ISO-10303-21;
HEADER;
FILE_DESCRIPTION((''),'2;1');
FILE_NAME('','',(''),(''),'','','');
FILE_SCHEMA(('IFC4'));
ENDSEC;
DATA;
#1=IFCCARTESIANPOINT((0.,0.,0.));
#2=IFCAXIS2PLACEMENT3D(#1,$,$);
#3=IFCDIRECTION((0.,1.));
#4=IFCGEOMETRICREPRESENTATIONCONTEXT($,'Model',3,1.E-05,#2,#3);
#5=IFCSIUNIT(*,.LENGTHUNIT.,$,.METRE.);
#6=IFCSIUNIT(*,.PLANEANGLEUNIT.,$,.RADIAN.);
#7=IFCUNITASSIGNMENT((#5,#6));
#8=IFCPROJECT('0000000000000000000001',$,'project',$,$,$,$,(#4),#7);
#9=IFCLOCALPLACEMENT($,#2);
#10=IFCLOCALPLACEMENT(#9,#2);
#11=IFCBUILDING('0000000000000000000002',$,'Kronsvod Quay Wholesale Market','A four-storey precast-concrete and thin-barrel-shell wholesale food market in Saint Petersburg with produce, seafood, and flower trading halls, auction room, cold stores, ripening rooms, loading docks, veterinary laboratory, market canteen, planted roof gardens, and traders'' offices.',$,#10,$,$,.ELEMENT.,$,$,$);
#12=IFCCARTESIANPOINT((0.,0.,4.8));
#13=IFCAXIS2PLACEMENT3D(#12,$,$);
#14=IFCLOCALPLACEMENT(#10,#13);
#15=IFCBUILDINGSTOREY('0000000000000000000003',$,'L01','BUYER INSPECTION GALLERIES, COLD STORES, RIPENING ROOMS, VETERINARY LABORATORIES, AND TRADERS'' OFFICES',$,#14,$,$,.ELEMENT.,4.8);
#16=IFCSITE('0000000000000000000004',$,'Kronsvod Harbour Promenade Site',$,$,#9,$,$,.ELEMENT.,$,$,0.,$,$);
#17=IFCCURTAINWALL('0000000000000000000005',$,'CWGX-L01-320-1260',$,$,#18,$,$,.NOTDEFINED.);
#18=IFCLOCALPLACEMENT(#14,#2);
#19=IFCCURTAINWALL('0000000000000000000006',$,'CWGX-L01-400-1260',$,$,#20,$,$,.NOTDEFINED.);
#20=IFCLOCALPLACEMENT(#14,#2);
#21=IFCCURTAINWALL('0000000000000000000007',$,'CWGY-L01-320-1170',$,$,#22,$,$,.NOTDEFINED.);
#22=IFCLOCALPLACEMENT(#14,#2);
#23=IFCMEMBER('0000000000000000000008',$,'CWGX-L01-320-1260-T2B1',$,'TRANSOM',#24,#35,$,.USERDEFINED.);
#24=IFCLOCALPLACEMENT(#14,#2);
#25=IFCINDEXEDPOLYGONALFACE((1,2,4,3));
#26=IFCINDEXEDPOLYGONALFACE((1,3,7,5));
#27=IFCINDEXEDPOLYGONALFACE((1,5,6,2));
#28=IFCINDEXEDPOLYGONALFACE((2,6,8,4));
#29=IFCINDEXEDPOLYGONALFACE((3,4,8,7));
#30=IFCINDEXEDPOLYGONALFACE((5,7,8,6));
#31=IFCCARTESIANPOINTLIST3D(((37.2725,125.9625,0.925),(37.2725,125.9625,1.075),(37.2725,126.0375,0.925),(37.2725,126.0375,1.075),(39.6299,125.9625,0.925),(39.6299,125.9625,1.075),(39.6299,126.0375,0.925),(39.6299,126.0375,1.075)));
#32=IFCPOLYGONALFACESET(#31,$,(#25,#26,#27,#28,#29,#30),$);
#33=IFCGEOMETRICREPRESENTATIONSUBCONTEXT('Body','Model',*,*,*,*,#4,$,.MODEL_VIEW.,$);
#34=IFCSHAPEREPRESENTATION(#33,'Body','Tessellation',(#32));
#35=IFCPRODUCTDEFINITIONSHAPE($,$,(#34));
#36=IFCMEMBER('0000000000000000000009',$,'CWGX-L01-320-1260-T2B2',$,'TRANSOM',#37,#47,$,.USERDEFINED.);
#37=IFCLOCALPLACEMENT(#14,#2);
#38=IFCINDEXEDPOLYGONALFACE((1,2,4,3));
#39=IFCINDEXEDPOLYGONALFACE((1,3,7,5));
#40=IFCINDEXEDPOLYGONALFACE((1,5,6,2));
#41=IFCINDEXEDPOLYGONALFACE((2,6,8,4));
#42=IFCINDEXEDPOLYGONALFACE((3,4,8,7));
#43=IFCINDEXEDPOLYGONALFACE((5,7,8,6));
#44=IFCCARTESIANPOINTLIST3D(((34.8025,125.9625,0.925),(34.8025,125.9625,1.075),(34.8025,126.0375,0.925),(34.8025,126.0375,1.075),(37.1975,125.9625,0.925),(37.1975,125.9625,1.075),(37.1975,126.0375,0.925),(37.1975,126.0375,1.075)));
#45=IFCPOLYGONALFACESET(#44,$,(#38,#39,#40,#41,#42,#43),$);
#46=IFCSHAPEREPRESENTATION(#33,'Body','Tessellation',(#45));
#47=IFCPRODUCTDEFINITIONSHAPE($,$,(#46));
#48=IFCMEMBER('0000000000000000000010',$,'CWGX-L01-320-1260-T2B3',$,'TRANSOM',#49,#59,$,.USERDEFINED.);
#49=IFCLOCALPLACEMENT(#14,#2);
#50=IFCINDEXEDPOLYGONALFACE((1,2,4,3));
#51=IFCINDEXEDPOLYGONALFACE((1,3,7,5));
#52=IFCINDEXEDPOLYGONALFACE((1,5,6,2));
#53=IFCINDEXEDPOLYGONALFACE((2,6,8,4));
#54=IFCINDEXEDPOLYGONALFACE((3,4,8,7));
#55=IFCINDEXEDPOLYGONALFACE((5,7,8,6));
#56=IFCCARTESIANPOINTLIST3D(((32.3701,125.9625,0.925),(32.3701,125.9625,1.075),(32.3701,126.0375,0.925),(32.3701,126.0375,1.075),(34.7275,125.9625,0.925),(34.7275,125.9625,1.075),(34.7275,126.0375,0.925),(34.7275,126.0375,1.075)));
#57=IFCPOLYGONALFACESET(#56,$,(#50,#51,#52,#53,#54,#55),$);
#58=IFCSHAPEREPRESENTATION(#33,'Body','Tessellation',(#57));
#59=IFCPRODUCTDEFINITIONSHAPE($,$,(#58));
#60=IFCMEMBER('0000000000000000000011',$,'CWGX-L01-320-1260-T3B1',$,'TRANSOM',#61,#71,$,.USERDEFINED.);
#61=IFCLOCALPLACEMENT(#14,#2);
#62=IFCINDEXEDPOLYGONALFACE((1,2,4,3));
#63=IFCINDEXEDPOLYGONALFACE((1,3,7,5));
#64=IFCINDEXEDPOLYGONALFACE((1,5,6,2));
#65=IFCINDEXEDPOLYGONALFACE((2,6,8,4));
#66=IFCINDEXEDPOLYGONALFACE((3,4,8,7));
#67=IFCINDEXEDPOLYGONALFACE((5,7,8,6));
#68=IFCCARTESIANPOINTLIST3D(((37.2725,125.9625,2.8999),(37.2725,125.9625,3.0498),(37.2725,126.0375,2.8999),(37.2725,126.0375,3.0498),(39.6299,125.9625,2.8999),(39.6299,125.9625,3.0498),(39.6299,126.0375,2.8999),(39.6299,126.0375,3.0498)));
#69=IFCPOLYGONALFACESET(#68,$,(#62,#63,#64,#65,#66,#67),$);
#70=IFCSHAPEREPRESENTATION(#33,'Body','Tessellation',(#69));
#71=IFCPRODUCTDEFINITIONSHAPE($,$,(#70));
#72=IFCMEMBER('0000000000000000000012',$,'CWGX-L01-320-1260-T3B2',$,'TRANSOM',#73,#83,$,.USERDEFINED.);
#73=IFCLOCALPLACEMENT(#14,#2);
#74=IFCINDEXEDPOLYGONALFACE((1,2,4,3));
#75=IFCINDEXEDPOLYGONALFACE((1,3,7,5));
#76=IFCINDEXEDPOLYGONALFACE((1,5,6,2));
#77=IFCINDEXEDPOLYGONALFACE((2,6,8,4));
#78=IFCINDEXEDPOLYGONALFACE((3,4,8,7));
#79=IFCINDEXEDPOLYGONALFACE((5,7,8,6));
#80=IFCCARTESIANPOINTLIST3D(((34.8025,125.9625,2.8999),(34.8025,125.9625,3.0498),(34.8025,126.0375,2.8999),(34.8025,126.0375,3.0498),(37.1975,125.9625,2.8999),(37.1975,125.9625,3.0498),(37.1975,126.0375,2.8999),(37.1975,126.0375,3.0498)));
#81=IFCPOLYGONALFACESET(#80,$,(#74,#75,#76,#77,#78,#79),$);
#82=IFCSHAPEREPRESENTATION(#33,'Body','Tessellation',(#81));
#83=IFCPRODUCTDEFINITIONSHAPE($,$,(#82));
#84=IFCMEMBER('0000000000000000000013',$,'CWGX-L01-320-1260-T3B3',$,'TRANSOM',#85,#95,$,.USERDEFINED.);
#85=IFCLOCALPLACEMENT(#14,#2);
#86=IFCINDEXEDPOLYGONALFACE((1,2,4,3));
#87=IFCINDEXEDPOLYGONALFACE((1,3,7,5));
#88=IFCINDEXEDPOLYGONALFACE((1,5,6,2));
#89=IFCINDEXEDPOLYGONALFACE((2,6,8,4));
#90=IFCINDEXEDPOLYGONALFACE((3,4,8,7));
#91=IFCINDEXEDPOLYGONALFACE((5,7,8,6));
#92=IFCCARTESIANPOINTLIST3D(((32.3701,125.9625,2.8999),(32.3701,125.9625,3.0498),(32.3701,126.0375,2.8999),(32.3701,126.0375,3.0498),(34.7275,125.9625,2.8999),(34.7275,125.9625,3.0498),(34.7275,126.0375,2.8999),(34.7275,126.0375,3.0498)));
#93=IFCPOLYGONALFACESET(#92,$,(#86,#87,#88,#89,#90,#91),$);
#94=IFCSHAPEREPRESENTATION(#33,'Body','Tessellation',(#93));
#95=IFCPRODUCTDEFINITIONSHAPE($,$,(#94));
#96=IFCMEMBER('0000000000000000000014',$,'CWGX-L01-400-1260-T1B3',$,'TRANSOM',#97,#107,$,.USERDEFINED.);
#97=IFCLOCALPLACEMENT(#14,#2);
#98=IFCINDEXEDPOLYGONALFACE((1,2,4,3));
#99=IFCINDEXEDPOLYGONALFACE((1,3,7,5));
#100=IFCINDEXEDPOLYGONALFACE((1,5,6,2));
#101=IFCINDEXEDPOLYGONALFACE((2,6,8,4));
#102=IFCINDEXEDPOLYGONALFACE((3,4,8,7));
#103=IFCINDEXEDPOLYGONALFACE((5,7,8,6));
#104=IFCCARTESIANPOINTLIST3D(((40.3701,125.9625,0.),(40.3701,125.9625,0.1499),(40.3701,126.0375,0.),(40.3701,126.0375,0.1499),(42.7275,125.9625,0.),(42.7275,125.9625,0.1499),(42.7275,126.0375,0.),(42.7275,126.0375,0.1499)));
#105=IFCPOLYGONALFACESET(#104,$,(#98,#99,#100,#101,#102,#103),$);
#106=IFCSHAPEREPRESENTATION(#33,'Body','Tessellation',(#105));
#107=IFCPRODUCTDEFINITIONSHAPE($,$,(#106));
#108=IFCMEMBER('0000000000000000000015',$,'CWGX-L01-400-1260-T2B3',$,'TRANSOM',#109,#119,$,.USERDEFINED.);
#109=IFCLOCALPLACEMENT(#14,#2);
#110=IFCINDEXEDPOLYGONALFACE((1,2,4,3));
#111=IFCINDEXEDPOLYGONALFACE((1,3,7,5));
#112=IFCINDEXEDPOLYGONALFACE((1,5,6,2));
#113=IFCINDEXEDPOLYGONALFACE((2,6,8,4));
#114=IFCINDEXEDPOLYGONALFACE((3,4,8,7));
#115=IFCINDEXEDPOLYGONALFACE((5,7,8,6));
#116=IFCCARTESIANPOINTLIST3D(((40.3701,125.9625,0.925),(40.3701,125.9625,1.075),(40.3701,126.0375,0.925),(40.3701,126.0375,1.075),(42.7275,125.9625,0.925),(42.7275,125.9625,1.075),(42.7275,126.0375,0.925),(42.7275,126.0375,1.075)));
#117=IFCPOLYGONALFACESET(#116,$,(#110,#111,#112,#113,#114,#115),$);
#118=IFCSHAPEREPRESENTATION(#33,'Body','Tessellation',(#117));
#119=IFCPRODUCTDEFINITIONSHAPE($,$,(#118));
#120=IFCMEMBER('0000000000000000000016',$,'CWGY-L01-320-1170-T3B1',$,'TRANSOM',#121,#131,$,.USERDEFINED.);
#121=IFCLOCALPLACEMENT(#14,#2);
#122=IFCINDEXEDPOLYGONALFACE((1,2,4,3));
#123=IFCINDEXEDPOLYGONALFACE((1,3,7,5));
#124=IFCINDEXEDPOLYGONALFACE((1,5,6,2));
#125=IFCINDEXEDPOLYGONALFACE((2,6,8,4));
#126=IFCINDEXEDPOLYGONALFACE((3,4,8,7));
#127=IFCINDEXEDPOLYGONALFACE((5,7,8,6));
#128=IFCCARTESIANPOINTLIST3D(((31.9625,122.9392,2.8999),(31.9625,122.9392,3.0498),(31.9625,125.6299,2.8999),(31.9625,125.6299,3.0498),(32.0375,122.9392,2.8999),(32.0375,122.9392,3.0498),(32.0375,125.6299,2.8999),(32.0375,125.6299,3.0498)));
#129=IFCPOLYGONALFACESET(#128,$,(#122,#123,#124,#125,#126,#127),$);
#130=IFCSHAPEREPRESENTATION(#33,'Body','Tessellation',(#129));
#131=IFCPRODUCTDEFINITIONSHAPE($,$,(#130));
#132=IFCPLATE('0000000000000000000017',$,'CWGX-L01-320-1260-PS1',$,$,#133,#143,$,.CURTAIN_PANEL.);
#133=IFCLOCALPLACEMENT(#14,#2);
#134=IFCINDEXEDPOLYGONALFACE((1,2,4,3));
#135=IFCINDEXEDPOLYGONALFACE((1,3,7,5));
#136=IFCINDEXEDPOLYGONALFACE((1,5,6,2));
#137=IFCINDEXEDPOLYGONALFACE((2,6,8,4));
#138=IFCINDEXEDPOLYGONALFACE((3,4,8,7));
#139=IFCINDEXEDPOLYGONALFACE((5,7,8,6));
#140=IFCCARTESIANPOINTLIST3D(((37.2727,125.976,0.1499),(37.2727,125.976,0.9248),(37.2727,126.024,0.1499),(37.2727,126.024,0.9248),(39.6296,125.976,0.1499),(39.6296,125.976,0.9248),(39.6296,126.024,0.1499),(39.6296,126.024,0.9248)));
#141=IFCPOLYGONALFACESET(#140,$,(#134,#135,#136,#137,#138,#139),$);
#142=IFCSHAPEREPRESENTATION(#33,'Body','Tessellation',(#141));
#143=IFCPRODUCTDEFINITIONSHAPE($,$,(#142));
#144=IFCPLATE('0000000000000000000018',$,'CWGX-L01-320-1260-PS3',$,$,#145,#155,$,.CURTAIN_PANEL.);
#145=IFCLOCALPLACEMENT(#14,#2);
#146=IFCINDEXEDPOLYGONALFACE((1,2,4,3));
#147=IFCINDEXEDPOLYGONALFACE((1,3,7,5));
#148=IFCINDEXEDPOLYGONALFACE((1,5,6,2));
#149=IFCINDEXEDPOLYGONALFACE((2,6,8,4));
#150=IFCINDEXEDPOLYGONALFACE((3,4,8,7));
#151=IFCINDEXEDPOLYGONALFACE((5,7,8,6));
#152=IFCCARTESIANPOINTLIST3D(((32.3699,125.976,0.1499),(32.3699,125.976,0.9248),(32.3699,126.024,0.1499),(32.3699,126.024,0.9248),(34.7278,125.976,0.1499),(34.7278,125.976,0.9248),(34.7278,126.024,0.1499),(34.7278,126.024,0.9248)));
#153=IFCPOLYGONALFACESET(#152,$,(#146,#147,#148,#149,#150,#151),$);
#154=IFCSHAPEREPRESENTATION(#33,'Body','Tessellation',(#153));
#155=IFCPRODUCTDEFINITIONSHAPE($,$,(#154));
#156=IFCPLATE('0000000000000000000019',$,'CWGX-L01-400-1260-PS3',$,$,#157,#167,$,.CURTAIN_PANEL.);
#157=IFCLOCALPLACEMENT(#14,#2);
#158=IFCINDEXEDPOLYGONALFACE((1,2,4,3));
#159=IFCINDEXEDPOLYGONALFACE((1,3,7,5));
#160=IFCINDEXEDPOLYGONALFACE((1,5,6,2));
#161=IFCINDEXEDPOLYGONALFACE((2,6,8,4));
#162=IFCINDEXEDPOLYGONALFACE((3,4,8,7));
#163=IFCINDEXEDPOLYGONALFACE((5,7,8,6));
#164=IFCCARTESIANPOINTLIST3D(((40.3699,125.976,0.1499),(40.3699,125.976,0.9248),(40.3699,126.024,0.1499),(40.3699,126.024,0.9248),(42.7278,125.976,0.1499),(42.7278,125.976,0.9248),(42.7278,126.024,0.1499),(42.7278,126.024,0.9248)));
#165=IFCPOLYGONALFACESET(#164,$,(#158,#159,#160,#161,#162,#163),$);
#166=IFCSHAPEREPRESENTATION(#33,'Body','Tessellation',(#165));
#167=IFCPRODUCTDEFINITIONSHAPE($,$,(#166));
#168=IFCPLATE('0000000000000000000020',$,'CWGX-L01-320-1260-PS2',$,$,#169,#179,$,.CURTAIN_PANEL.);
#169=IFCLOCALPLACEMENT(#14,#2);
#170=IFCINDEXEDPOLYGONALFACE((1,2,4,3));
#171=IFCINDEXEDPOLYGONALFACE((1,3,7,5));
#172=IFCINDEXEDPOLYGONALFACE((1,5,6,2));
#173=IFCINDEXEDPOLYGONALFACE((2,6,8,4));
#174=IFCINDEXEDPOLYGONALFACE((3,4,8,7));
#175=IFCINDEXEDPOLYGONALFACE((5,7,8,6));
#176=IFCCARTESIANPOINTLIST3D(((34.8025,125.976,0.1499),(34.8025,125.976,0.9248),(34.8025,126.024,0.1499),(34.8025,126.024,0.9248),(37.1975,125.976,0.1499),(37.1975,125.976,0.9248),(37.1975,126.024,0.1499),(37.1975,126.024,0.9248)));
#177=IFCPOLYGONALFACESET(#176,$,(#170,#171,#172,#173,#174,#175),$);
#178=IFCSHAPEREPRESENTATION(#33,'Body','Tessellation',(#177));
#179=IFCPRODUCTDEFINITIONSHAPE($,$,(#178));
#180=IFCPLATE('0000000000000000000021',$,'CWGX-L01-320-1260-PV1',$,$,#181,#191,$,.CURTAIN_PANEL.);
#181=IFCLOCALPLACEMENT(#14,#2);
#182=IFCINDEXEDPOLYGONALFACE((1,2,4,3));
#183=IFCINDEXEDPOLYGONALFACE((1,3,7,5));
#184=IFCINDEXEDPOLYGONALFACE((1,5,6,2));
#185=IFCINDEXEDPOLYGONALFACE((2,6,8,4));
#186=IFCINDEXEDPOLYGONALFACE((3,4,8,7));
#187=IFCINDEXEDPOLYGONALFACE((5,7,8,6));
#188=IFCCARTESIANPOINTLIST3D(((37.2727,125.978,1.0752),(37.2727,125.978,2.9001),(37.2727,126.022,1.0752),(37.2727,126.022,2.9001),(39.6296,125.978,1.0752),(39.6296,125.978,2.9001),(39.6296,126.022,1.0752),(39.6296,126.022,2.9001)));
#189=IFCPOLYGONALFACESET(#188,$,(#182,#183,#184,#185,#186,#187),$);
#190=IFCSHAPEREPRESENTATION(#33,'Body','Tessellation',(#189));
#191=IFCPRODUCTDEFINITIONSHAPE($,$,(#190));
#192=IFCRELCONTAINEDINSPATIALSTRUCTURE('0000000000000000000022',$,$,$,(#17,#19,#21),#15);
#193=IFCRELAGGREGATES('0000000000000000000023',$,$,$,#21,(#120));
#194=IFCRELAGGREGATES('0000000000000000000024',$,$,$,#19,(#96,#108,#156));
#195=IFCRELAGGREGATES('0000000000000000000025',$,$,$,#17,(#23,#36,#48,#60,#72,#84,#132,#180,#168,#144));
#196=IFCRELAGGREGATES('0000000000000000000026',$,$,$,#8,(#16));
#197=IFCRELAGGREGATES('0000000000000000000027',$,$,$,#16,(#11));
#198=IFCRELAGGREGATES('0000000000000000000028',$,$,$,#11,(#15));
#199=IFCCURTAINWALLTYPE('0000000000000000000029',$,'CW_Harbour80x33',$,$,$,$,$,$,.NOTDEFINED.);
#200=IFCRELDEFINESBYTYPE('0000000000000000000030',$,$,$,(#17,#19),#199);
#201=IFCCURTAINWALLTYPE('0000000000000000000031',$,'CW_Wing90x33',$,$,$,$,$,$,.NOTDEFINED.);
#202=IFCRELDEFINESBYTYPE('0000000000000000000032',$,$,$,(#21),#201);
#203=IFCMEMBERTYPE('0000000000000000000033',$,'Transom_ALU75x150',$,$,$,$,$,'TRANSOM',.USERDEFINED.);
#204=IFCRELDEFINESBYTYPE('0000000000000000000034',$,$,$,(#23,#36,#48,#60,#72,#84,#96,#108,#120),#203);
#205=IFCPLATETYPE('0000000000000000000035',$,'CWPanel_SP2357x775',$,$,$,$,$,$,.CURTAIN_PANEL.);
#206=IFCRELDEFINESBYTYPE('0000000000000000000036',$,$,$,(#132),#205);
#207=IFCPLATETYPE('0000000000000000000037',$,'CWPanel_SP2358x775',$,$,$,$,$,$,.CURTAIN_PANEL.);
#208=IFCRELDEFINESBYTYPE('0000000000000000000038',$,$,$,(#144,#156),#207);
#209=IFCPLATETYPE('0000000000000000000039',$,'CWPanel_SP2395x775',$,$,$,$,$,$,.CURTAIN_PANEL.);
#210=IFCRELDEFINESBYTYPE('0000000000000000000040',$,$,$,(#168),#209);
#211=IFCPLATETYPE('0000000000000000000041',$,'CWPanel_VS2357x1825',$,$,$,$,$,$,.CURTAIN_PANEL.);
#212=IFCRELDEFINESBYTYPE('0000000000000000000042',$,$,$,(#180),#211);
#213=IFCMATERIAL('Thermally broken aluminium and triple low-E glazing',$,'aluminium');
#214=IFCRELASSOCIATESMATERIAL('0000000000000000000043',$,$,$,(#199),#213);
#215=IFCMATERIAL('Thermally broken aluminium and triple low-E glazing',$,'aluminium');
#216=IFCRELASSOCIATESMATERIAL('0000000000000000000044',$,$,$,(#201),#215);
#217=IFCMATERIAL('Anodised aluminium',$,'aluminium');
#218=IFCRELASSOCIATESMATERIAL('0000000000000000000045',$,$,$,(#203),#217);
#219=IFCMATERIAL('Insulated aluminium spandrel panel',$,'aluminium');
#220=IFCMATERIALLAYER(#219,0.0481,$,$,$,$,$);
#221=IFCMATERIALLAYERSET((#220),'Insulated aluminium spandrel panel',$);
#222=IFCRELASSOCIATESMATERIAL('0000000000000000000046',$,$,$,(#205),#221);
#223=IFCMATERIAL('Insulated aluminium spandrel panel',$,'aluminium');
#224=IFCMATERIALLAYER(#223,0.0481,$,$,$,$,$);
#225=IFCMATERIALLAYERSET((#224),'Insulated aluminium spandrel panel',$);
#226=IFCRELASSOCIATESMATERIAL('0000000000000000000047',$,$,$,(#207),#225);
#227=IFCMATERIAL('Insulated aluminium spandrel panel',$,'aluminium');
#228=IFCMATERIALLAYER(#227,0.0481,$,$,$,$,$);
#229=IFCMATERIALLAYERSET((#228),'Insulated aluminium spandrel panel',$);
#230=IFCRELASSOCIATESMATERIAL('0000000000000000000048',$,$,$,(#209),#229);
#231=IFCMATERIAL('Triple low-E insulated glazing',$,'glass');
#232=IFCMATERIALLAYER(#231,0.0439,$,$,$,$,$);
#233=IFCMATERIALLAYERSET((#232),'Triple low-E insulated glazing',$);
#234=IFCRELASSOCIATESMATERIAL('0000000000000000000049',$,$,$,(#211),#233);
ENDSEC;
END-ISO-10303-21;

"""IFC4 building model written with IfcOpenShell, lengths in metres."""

from ifc_helpers import new_model, si_unit, direction, frame, origin, origin_2d, place, context, subcontext, project, spatial, rectangle, extrude, material, layer, layer_set, material_profile, profile_set, type_object, element, aggregate, save


model = new_model("IFC4")

# Units and contexts
model_context = context("Model", 3, precision=1e-05, world=origin(), true_north=direction((0.0, 1.0)))
body_context = subcontext(model_context, "Body", "Model", "MODEL_VIEW")
ifc_project = project(units=[si_unit("LENGTHUNIT", "METRE"), si_unit("PLANEANGLEUNIT", "RADIAN")], contexts=[model_context])

# Site, building, storey
site_placement = place(None, origin())
site = spatial("IfcSite", under=ifc_project, at=site_placement, Name="Kronsvod Harbour Promenade Site", CompositionType="ELEMENT", RefElevation=0.0)
building_placement = place(site_placement, origin())
building = spatial("IfcBuilding", under=site, at=building_placement, Name="Kronsvod Quay Wholesale Market", Description="A four-storey precast-concrete and thin-barrel-shell wholesale food market in Saint Petersburg with produce, seafood, and flower trading halls, auction room, cold stores, ripening rooms, loading docks, veterinary laboratory, market canteen, planted roof gardens, and traders' offices.", CompositionType="ELEMENT")
storey_placement = place(building_placement, frame((0.0, 0.0, 4.8)))
storey = spatial("IfcBuildingStorey", under=building, at=storey_placement, Name="L01", Description="BUYER INSPECTION GALLERIES, COLD STORES, RIPENING ROOMS, VETERINARY LABORATORIES, AND TRADERS' OFFICES", CompositionType="ELEMENT", Elevation=4.8)

# Curtain wall
ifc_material_1 = material(Name="Thermally broken aluminium and triple low-E glazing", Category="aluminium")
curtain_wall_type_1 = type_object("IfcCurtainWallType", Name="CW_Harbour80x33", PredefinedType="NOTDEFINED", material=ifc_material_1)
curtain_wall_1_placement = place(storey_placement, origin())
curtain_wall_1 = element("IfcCurtainWall", 1, at=curtain_wall_1_placement, inside=storey, type_object=curtain_wall_type_1, Name="CWGX-L01-320-1260", PredefinedType="NOTDEFINED")

# Curtain walls
curtain_wall_2_placement = place(storey_placement, origin())
curtain_wall_2 = element("IfcCurtainWall", 2, at=curtain_wall_2_placement, inside=storey, type_object=curtain_wall_type_1, Name="CWGX-L01-400-1260", PredefinedType="NOTDEFINED")
ifc_material_2 = material(Name="Thermally broken aluminium and triple low-E glazing", Category="aluminium")
curtain_wall_type_2 = type_object("IfcCurtainWallType", Name="CW_Wing90x33", PredefinedType="NOTDEFINED", material=ifc_material_2)
curtain_wall_3_placement = place(storey_placement, origin())
curtain_wall_3 = element("IfcCurtainWall", 3, at=curtain_wall_3_placement, inside=storey, type_object=curtain_wall_type_2, Name="CWGY-L01-320-1170", PredefinedType="NOTDEFINED")

# Members
ifc_material_3 = material(Name="Anodised aluminium", Category="aluminium")
ifc_material_profile_1 = material_profile(ifc_material_3, rectangle(XDim=0.075, YDim=0.1499, at=origin_2d()), Name="ALUT75x150")
ifc_profile_set_1 = profile_set([ifc_material_profile_1], Name="Anodised aluminium")
member_type_1 = type_object("IfcMemberType", Name="Transom_ALU75x150", ElementType="TRANSOM", PredefinedType="USERDEFINED", material=ifc_profile_set_1)
member_1_placement = place(storey_placement, frame((39.6299, 126.0, 1.0), z_axis=(-1.0, 0.0, 0.0), x_axis=(0.0, -1.0, 0.0)))
member_1 = element("IfcMember", 4, at=member_1_placement, type_object=member_type_1, Name="CWGX-L01-320-1260-T2B1", ObjectType="TRANSOM", PredefinedType="USERDEFINED", context=body_context, shape_type="SweptSolid", body=[
    extrude(rectangle(XDim=0.075, YDim=0.1499, at=origin_2d()), origin(), (0.0, 0.0, 1.0), 2.3574),
])
member_2_placement = place(storey_placement, frame((37.1975, 126.0, 1.0), z_axis=(-1.0, 0.0, 0.0), x_axis=(0.0, -1.0, 0.0)))
member_2 = element("IfcMember", 5, at=member_2_placement, type_object=member_type_1, Name="CWGX-L01-320-1260-T2B2", ObjectType="TRANSOM", PredefinedType="USERDEFINED", context=body_context, shape_type="SweptSolid", body=[
    extrude(rectangle(XDim=0.075, YDim=0.1499, at=origin_2d()), origin(), (0.0, 0.0, 1.0), 2.395),
])
member_3_placement = place(storey_placement, frame((34.7275, 126.0, 1.0), z_axis=(-1.0, 0.0, 0.0), x_axis=(0.0, -1.0, 0.0)))
member_3 = element("IfcMember", 6, at=member_3_placement, type_object=member_type_1, Name="CWGX-L01-320-1260-T2B3", ObjectType="TRANSOM", PredefinedType="USERDEFINED", context=body_context, shape_type="SweptSolid", body=[
    extrude(rectangle(XDim=0.075, YDim=0.1499, at=origin_2d()), origin(), (0.0, 0.0, 1.0), 2.3574),
])
member_4_placement = place(storey_placement, frame((39.6299, 126.0, 2.9749), z_axis=(-1.0, 0.0, 0.0), x_axis=(0.0, -1.0, 0.0)))
member_4 = element("IfcMember", 7, at=member_4_placement, type_object=member_type_1, Name="CWGX-L01-320-1260-T3B1", ObjectType="TRANSOM", PredefinedType="USERDEFINED", context=body_context, shape_type="SweptSolid", body=[
    extrude(rectangle(XDim=0.075, YDim=0.1499, at=origin_2d()), origin(), (0.0, 0.0, 1.0), 2.3574),
])
member_5_placement = place(storey_placement, frame((37.1975, 126.0, 2.9749), z_axis=(-1.0, 0.0, 0.0), x_axis=(0.0, -1.0, 0.0)))
member_5 = element("IfcMember", 8, at=member_5_placement, type_object=member_type_1, Name="CWGX-L01-320-1260-T3B2", ObjectType="TRANSOM", PredefinedType="USERDEFINED", context=body_context, shape_type="SweptSolid", body=[
    extrude(rectangle(XDim=0.075, YDim=0.1499, at=origin_2d()), origin(), (0.0, 0.0, 1.0), 2.395),
])
member_6_placement = place(storey_placement, frame((34.7275, 126.0, 2.9749), z_axis=(-1.0, 0.0, 0.0), x_axis=(0.0, -1.0, 0.0)))
member_6 = element("IfcMember", 9, at=member_6_placement, type_object=member_type_1, Name="CWGX-L01-320-1260-T3B3", ObjectType="TRANSOM", PredefinedType="USERDEFINED", context=body_context, shape_type="SweptSolid", body=[
    extrude(rectangle(XDim=0.075, YDim=0.1499, at=origin_2d()), origin(), (0.0, 0.0, 1.0), 2.3574),
])
member_7_placement = place(storey_placement, frame((42.7275, 126.0, 0.075), z_axis=(-1.0, 0.0, 0.0), x_axis=(0.0, -1.0, 0.0)))
member_7 = element("IfcMember", 10, at=member_7_placement, type_object=member_type_1, Name="CWGX-L01-400-1260-T1B3", ObjectType="TRANSOM", PredefinedType="USERDEFINED", context=body_context, shape_type="SweptSolid", body=[
    extrude(rectangle(XDim=0.075, YDim=0.1499, at=origin_2d()), origin(), (0.0, 0.0, 1.0), 2.3574),
])
member_8_placement = place(storey_placement, frame((42.7275, 126.0, 1.0), z_axis=(-1.0, 0.0, 0.0), x_axis=(0.0, -1.0, 0.0)))
member_8 = element("IfcMember", 11, at=member_8_placement, type_object=member_type_1, Name="CWGX-L01-400-1260-T2B3", ObjectType="TRANSOM", PredefinedType="USERDEFINED", context=body_context, shape_type="SweptSolid", body=[
    extrude(rectangle(XDim=0.075, YDim=0.1499, at=origin_2d()), origin(), (0.0, 0.0, 1.0), 2.3574),
])
member_9_placement = place(storey_placement, frame((32.0, 125.6299, 2.9749), z_axis=(0.0, -1.0, 0.0), x_axis=(1.0, 0.0, 0.0)))
member_9 = element("IfcMember", 12, at=member_9_placement, type_object=member_type_1, Name="CWGY-L01-320-1170-T3B1", ObjectType="TRANSOM", PredefinedType="USERDEFINED", context=body_context, shape_type="SweptSolid", body=[
    extrude(rectangle(XDim=0.075, YDim=0.1499, at=origin_2d()), origin(), (0.0, 0.0, 1.0), 2.6907),
])
aggregate(curtain_wall_3, [member_9])

# Plates
ifc_material_4 = material(Name="Insulated aluminium spandrel panel", Category="aluminium")
ifc_layer_1 = layer(ifc_material_4, 0.0481)
ifc_layer_set_1 = layer_set([ifc_layer_1], Name="Insulated aluminium spandrel panel")
plate_type_1 = type_object("IfcPlateType", Name="CWPanel_SP2357x775", PredefinedType="CURTAIN_PANEL", material=ifc_layer_set_1)
plate_1_placement = place(storey_placement, frame((38.4512, 126.0, 0.1499), z_axis=(0.0, 0.0, 1.0), x_axis=(-1.0, 0.0, 0.0)))
plate_1 = element("IfcPlate", 13, at=plate_1_placement, type_object=plate_type_1, Name="CWGX-L01-320-1260-PS1", PredefinedType="CURTAIN_PANEL", context=body_context, shape_type="SweptSolid", body=[
    extrude(rectangle(XDim=2.3569, YDim=0.0481, at=origin_2d()), origin(), (0.0, 0.0, 1.0), 0.7749),
])
ifc_material_5 = material(Name="Insulated aluminium spandrel panel", Category="aluminium")
ifc_layer_2 = layer(ifc_material_5, 0.0481)
ifc_layer_set_2 = layer_set([ifc_layer_2], Name="Insulated aluminium spandrel panel")
plate_type_2 = type_object("IfcPlateType", Name="CWPanel_SP2358x775", PredefinedType="CURTAIN_PANEL", material=ifc_layer_set_2)
plate_2_placement = place(storey_placement, frame((33.5488, 126.0, 0.1499), z_axis=(0.0, 0.0, 1.0), x_axis=(-1.0, 0.0, 0.0)))
plate_2 = element("IfcPlate", 14, at=plate_2_placement, type_object=plate_type_2, Name="CWGX-L01-320-1260-PS3", PredefinedType="CURTAIN_PANEL", context=body_context, shape_type="SweptSolid", body=[
    extrude(rectangle(XDim=2.3579, YDim=0.0481, at=origin_2d()), origin(), (0.0, 0.0, 1.0), 0.7749),
])
plate_3_placement = place(storey_placement, frame((41.5488, 126.0, 0.1499), z_axis=(0.0, 0.0, 1.0), x_axis=(-1.0, 0.0, 0.0)))
plate_3 = element("IfcPlate", 15, at=plate_3_placement, type_object=plate_type_2, Name="CWGX-L01-400-1260-PS3", PredefinedType="CURTAIN_PANEL", context=body_context, shape_type="SweptSolid", body=[
    extrude(rectangle(XDim=2.3579, YDim=0.0481, at=origin_2d()), origin(), (0.0, 0.0, 1.0), 0.7749),
])
ifc_material_6 = material(Name="Insulated aluminium spandrel panel", Category="aluminium")
ifc_layer_3 = layer(ifc_material_6, 0.0481)
ifc_layer_set_3 = layer_set([ifc_layer_3], Name="Insulated aluminium spandrel panel")
plate_type_3 = type_object("IfcPlateType", Name="CWPanel_SP2395x775", PredefinedType="CURTAIN_PANEL", material=ifc_layer_set_3)
plate_4_placement = place(storey_placement, frame((36.0, 126.0, 0.1499), z_axis=(0.0, 0.0, 1.0), x_axis=(-1.0, 0.0, 0.0)))
plate_4 = element("IfcPlate", 16, at=plate_4_placement, type_object=plate_type_3, Name="CWGX-L01-320-1260-PS2", PredefinedType="CURTAIN_PANEL", context=body_context, shape_type="SweptSolid", body=[
    extrude(rectangle(XDim=2.395, YDim=0.0481, at=origin_2d()), origin(), (0.0, 0.0, 1.0), 0.7749),
])
ifc_material_7 = material(Name="Triple low-E insulated glazing", Category="glass")
ifc_layer_4 = layer(ifc_material_7, 0.0439)
ifc_layer_set_4 = layer_set([ifc_layer_4], Name="Triple low-E insulated glazing")
plate_type_4 = type_object("IfcPlateType", Name="CWPanel_VS2357x1825", PredefinedType="CURTAIN_PANEL", material=ifc_layer_set_4)
plate_5_placement = place(storey_placement, frame((38.4512, 126.0, 1.0752), z_axis=(0.0, 0.0, 1.0), x_axis=(-1.0, 0.0, 0.0)))
plate_5 = element("IfcPlate", 17, at=plate_5_placement, type_object=plate_type_4, Name="CWGX-L01-320-1260-PV1", PredefinedType="CURTAIN_PANEL", context=body_context, shape_type="SweptSolid", body=[
    extrude(rectangle(XDim=2.3569, YDim=0.0439, at=origin_2d()), origin(), (0.0, 0.0, 1.0), 1.825),
])
aggregate(curtain_wall_2, [member_7, member_8, plate_3])
aggregate(curtain_wall_1, [member_1, member_2, member_3, member_4, member_5, member_6, plate_1, plate_5, plate_4, plate_2])

save(model, "model.ifc")
